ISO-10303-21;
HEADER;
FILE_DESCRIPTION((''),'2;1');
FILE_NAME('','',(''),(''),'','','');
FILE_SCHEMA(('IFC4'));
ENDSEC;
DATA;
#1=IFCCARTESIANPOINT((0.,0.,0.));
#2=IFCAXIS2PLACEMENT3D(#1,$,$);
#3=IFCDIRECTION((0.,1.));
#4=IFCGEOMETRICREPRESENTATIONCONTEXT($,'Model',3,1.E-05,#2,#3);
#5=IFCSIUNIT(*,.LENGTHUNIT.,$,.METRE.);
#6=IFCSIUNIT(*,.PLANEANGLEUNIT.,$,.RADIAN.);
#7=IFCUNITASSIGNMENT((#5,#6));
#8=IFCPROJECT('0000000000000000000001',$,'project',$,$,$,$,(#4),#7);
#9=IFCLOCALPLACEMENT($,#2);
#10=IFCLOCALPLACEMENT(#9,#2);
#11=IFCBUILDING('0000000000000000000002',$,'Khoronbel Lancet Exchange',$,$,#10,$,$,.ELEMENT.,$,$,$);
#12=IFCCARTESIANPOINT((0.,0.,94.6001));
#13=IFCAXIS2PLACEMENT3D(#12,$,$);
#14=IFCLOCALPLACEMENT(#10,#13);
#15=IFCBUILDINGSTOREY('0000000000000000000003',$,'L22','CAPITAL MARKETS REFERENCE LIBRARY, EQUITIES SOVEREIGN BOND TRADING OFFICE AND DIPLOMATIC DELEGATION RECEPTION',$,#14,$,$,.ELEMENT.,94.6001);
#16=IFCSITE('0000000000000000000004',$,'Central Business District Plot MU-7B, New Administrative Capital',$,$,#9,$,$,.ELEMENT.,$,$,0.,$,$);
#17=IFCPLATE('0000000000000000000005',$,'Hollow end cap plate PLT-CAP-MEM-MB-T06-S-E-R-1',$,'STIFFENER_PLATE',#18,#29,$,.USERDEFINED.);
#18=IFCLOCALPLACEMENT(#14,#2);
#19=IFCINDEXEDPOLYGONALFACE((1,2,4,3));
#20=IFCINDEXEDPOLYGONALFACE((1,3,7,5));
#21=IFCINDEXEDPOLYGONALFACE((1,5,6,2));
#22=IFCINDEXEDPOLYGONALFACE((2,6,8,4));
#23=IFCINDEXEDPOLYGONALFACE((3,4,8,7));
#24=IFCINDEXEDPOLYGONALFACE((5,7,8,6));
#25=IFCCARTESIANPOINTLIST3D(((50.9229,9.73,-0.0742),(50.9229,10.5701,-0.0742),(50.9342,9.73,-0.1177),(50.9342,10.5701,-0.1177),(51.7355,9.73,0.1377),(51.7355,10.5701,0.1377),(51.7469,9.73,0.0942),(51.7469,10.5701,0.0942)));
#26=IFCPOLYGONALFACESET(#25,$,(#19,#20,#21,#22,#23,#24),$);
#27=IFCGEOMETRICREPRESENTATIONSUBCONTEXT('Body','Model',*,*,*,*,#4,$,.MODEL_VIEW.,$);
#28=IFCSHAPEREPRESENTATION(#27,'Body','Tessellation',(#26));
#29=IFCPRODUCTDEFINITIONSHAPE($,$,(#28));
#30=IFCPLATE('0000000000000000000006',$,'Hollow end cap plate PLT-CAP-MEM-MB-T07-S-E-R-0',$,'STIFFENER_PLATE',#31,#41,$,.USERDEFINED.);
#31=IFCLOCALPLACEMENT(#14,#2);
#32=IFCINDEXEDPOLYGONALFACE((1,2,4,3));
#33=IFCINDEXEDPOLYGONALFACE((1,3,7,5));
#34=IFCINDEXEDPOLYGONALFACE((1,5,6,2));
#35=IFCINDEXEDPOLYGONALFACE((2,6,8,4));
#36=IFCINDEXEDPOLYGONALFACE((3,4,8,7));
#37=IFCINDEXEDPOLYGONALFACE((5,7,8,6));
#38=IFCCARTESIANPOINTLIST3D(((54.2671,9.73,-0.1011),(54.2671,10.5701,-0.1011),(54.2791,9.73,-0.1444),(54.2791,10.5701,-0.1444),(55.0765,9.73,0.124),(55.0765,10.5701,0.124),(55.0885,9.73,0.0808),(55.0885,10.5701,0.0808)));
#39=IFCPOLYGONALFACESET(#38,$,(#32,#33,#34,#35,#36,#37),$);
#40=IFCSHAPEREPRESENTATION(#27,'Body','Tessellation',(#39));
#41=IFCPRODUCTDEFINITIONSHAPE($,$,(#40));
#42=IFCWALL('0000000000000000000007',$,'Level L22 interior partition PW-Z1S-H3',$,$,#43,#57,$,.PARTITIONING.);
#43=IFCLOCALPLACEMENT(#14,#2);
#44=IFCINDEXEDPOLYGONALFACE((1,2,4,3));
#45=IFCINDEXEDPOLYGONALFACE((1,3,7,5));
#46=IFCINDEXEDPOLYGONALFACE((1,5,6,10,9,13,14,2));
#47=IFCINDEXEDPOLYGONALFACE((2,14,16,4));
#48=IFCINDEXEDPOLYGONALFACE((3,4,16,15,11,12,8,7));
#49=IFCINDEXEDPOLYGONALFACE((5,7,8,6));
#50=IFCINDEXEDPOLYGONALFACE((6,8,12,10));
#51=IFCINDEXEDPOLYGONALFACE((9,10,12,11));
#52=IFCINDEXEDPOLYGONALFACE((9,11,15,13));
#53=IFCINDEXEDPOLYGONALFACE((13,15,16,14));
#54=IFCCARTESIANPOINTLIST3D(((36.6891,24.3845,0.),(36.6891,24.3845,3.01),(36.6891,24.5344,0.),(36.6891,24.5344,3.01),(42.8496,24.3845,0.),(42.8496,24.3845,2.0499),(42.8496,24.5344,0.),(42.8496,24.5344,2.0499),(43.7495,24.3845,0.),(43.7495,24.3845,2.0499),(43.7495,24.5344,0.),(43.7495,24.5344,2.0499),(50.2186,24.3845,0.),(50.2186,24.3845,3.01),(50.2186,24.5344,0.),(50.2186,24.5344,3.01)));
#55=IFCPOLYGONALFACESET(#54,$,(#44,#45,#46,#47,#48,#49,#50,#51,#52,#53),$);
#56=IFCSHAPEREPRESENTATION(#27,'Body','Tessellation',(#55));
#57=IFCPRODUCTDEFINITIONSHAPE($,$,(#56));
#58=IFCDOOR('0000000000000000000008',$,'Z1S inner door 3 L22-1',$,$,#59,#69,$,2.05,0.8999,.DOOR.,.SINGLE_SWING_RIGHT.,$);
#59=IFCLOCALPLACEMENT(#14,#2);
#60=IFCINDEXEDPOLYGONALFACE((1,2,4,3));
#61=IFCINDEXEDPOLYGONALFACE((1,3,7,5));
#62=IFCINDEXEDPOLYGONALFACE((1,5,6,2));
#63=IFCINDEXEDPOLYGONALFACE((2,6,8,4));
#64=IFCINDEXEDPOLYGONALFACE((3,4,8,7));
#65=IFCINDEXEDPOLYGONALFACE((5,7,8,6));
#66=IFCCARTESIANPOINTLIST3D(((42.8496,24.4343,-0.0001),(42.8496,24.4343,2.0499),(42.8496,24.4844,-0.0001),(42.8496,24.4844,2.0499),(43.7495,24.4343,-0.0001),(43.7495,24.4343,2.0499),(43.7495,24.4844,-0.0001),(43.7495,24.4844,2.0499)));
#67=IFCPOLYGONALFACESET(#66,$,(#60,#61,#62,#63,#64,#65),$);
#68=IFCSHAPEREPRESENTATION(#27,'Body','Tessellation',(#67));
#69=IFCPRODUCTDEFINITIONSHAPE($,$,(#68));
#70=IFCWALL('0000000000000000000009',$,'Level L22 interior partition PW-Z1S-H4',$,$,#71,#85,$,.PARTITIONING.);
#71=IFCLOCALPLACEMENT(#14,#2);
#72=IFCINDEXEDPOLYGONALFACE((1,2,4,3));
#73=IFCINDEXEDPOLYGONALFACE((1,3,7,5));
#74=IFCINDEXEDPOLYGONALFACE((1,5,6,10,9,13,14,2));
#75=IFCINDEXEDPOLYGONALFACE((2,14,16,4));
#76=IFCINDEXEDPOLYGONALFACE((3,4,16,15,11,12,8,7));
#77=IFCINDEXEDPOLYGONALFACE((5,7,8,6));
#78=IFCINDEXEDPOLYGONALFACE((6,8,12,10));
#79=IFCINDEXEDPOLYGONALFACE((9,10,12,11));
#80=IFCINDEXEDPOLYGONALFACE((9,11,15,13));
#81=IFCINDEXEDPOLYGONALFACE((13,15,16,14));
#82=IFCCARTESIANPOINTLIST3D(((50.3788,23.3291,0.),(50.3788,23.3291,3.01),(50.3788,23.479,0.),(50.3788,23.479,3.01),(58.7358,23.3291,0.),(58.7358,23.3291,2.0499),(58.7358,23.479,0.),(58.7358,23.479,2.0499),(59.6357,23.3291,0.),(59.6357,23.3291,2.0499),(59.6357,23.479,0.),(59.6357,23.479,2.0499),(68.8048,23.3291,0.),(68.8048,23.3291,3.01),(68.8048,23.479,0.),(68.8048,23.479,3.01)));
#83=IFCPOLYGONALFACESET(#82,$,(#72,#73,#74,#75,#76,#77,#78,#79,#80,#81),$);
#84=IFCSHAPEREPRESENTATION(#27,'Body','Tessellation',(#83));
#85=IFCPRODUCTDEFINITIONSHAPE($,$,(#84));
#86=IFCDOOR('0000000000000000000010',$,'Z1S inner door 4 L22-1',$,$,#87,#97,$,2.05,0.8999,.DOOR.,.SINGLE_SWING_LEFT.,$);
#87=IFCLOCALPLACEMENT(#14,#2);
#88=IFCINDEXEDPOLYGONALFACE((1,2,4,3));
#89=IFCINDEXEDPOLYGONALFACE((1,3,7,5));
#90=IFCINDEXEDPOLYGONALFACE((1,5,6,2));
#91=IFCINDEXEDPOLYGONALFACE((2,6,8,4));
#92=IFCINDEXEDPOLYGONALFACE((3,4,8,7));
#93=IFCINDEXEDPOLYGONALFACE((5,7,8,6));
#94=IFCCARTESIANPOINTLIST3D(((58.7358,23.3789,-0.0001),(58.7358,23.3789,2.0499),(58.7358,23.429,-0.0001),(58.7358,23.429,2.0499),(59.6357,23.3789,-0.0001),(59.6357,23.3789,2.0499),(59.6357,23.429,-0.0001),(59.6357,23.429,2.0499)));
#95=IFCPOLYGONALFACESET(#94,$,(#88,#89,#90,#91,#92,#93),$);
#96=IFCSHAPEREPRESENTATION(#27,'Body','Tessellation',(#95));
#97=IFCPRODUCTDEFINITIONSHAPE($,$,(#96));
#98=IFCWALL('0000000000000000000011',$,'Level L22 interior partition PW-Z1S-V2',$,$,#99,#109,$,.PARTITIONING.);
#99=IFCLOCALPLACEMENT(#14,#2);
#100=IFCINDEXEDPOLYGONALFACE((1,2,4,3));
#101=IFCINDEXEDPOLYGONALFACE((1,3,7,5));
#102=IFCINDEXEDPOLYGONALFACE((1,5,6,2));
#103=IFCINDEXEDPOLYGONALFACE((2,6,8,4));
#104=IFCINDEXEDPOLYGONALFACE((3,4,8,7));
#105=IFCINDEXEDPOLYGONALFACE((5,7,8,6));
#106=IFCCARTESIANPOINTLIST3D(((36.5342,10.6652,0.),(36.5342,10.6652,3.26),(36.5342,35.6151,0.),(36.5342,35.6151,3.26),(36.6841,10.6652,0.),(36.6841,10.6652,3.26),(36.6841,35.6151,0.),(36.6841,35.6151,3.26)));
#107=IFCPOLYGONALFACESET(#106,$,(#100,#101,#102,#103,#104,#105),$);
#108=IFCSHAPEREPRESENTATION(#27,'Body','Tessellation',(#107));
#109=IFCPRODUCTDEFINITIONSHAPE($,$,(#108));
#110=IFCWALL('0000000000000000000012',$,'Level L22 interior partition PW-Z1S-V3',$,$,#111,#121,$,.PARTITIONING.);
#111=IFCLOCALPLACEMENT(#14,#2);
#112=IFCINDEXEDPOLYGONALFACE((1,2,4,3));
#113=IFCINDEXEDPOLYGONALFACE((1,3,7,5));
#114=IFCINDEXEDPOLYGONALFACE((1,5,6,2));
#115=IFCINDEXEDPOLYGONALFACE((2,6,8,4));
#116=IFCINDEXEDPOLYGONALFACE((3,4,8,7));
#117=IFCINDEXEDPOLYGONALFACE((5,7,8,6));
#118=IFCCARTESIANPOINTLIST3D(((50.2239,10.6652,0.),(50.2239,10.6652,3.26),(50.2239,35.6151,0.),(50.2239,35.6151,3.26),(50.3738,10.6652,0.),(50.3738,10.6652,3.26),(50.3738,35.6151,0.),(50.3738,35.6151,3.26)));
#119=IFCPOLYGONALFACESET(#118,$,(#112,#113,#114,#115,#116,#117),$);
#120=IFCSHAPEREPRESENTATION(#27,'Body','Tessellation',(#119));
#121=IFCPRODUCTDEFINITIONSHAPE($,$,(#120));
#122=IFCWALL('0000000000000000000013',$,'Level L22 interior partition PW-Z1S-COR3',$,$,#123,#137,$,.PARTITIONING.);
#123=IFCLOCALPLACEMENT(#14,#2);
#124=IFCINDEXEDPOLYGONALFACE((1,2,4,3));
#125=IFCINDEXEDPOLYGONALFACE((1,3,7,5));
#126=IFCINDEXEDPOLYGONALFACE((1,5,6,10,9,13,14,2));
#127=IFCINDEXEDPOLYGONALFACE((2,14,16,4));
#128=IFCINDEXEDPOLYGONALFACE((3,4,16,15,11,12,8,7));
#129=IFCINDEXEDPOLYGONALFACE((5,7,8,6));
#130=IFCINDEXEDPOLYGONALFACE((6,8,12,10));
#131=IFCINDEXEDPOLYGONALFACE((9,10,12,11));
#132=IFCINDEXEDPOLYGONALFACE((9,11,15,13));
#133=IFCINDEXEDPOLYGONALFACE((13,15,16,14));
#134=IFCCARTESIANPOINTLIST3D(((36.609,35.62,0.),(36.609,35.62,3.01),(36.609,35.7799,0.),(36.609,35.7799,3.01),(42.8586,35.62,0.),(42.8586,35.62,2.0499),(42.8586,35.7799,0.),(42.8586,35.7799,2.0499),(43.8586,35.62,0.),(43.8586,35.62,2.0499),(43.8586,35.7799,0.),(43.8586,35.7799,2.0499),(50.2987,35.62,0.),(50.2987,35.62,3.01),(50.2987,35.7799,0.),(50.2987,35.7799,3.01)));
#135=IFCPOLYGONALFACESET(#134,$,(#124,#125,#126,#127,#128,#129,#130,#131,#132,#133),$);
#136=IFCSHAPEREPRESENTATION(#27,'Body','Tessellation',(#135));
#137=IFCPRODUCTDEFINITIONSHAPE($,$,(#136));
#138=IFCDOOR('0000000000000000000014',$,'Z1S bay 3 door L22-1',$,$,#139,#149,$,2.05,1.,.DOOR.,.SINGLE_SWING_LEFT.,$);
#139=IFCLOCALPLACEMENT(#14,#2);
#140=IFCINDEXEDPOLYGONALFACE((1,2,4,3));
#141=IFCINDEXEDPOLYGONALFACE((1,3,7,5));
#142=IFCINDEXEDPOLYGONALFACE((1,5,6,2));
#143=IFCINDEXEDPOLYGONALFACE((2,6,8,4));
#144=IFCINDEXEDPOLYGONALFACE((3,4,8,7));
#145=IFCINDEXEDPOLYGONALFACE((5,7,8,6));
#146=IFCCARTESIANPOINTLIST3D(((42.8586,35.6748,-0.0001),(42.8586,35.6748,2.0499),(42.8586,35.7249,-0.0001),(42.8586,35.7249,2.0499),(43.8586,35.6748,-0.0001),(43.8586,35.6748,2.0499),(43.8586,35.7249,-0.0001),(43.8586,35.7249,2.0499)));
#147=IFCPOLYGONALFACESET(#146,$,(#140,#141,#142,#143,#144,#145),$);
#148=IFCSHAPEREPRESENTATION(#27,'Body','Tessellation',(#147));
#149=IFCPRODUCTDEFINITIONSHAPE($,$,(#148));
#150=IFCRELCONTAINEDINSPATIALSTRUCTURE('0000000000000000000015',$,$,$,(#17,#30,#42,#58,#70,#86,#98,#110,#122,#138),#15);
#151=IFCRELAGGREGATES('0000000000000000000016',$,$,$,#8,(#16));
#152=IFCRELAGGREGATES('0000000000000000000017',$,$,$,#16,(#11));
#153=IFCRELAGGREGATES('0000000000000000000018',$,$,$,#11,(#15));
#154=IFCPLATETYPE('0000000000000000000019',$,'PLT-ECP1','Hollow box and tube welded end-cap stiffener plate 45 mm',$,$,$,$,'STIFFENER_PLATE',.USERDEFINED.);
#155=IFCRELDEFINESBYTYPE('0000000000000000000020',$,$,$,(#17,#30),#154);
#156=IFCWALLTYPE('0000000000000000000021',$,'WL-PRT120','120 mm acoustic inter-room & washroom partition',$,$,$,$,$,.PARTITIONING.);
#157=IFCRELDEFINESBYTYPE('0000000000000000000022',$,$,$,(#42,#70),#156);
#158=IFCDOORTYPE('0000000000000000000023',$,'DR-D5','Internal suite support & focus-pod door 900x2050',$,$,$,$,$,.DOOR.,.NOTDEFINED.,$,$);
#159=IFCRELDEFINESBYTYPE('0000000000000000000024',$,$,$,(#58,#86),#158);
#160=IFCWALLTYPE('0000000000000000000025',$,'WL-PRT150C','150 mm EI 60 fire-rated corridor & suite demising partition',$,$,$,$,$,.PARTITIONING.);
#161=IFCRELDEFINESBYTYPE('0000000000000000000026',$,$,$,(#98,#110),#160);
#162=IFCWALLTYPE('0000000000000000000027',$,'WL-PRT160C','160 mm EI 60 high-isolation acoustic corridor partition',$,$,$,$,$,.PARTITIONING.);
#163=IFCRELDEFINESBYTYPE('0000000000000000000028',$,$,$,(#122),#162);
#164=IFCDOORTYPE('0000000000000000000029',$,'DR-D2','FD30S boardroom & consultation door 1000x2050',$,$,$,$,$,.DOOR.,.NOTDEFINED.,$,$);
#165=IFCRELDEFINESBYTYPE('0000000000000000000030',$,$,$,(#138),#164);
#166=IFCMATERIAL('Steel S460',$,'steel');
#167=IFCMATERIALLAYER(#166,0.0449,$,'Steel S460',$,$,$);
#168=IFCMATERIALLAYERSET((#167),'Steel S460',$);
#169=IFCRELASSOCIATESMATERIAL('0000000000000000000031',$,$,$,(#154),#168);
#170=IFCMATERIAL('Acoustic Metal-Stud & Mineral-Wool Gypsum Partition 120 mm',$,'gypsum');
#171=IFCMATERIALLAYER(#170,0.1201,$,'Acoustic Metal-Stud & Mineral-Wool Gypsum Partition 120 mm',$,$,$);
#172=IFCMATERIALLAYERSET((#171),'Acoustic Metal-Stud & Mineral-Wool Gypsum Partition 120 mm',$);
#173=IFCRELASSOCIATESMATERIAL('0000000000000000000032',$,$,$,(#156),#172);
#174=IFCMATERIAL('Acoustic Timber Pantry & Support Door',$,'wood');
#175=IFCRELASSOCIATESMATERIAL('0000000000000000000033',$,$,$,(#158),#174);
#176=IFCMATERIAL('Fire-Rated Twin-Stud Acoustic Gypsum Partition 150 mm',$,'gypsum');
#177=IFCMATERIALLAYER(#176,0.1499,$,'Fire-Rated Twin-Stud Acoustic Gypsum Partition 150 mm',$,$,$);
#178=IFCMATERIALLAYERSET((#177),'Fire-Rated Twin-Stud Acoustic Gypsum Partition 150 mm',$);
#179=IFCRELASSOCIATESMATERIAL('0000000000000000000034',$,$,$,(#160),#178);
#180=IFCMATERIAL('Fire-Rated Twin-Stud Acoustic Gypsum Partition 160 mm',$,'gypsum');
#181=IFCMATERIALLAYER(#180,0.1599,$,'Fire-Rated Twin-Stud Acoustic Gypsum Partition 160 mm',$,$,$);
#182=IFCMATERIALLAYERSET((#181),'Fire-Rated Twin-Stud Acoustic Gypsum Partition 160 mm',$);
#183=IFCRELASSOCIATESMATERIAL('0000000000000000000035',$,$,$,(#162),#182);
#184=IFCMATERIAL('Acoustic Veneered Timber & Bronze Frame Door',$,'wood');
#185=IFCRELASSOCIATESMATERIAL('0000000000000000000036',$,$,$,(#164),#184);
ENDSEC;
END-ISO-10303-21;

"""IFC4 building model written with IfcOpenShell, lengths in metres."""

from ifc_helpers import new_model, si_unit, direction, frame, frame_2d, origin, place, context, subcontext, project, spatial, polyline, rectangle, outline, extrude, material, layer, layer_set, type_object, element, fill, save


model = new_model("IFC4")

# Units and contexts
model_context = context("Model", 3, precision=1e-05, world=origin(), true_north=direction((0.0, 1.0)))
body_context = subcontext(model_context, "Body", "Model", "MODEL_VIEW")
ifc_project = project(units=[si_unit("LENGTHUNIT", "METRE"), si_unit("PLANEANGLEUNIT", "RADIAN")], contexts=[model_context])

# Site, building, storey
site_placement = place(None, origin())
site = spatial("IfcSite", under=ifc_project, at=site_placement, Name="Central Business District Plot MU-7B, New Administrative Capital", CompositionType="ELEMENT", RefElevation=0.0)
building_placement = place(site_placement, origin())
building = spatial("IfcBuilding", under=site, at=building_placement, Name="Khoronbel Lancet Exchange", CompositionType="ELEMENT")
storey_placement = place(building_placement, frame((0.0, 0.0, 94.6001)))
storey = spatial("IfcBuildingStorey", under=building, at=storey_placement, Name="L22", Description="CAPITAL MARKETS REFERENCE LIBRARY, EQUITIES SOVEREIGN BOND TRADING OFFICE AND DIPLOMATIC DELEGATION RECEPTION", CompositionType="ELEMENT", Elevation=94.6001)

# Shared definitions
ifc_material_1 = material(Name="Steel S460", Category="steel")

# Plates
ifc_layer_1 = layer(ifc_material_1, 0.0449, Name="Steel S460")
ifc_layer_set_1 = layer_set([ifc_layer_1], Name="Steel S460")
plate_type = type_object("IfcPlateType", Name="PLT-ECP1", Description="Hollow box and tube welded end-cap stiffener plate 45 mm", ElementType="STIFFENER_PLATE", PredefinedType="USERDEFINED", material=ifc_layer_set_1)
plate_1_placement = place(storey_placement, frame((50.9229, 10.5701, -0.0742), z_axis=(-0.252304, 0.0, 0.967648), x_axis=(0.0, -1.0, 0.0)))
element("IfcPlate", 1, at=plate_1_placement, inside=storey, type_object=plate_type, Name="Hollow end cap plate PLT-CAP-MEM-MB-T06-S-E-R-1", ObjectType="STIFFENER_PLATE", PredefinedType="USERDEFINED", context=body_context, shape_type="SweptSolid", body=[
    extrude(outline(polyline([(0.0, 0.0), (0.8401, 0.0), (0.8401, 0.8398), (0.0, 0.8398), (0.0, 0.0)])), origin(), (0.0, 0.0, -1.0), 0.0449),
])
plate_2_placement = place(storey_placement, frame((54.2671, 10.5701, -0.1011), z_axis=(-0.267959, 0.0, 0.96343), x_axis=(0.0, -1.0, 0.0)))
element("IfcPlate", 2, at=plate_2_placement, inside=storey, type_object=plate_type, Name="Hollow end cap plate PLT-CAP-MEM-MB-T07-S-E-R-0", ObjectType="STIFFENER_PLATE", PredefinedType="USERDEFINED", context=body_context, shape_type="SweptSolid", body=[
    extrude(outline(polyline([(0.0, 0.0), (0.8401, 0.0), (0.8401, 0.8401), (0.0, 0.8401), (0.0, 0.0)])), origin(), (0.0, 0.0, -1.0), 0.0449),
])

# Walls, openings, doors
ifc_material_2 = material(Name="Acoustic Metal-Stud & Mineral-Wool Gypsum Partition 120 mm", Category="gypsum")
ifc_layer_2 = layer(ifc_material_2, 0.1201, Name="Acoustic Metal-Stud & Mineral-Wool Gypsum Partition 120 mm")
ifc_layer_set_2 = layer_set([ifc_layer_2], Name="Acoustic Metal-Stud & Mineral-Wool Gypsum Partition 120 mm")
wall_type_1 = type_object("IfcWallType", Name="WL-PRT120", Description="120 mm acoustic inter-room & washroom partition", PredefinedType="PARTITIONING", material=ifc_layer_set_2)
wall_1_placement = place(storey_placement, frame((36.6892, 24.4595, 0.0), z_axis=(0.0, 0.0, 1.0), x_axis=(1.0, 0.0, 0.0)))
wall_1 = element("IfcWall", 3, at=wall_1_placement, inside=storey, type_object=wall_type_1, Name="Level L22 interior partition PW-Z1S-H3", PredefinedType="PARTITIONING", context=body_context, shape_type="SweptSolid", body=[
    extrude(rectangle(XDim=13.5295, YDim=0.1499, at=frame_2d((6.7646, 0.0))), origin(), (0.0, 0.0, 1.0), 3.01),
])
opening_1_placement = place(wall_1_placement, frame((6.1604, 0.0, 0.0)))
opening_1 = element("IfcOpeningElement", 4, at=opening_1_placement, cuts=wall_1, PredefinedType="OPENING", context=body_context, shape_type="SweptSolid", body=[
    extrude(rectangle(XDim=0.8999, YDim=2.05, at=frame_2d((0.45, 1.0249))), frame((0.0, 0.085, 0.0), z_axis=(0.0, -1.0, 0.0), x_axis=(1.0, 0.0, 0.0)), (0.0, 0.0, 1.0), 0.1699),
])
ifc_material_3 = material(Name="Acoustic Timber Pantry & Support Door", Category="wood")
door_type_1 = type_object("IfcDoorType", Name="DR-D5", Description="Internal suite support & focus-pod door 900x2050", OperationType="NOTDEFINED", PredefinedType="DOOR", material=ifc_material_3)
door_1_placement = place(opening_1_placement, origin())
door_1 = element("IfcDoor", 5, at=door_1_placement, inside=storey, type_object=door_type_1, Name="Z1S inner door 3 L22-1", OperationType="SINGLE_SWING_RIGHT", OverallHeight=2.05, OverallWidth=0.8999, PredefinedType="DOOR", context=body_context, shape_type="SweptSolid", body=[
    extrude(rectangle(XDim=0.8999, YDim=2.05, at=frame_2d((0.45, 1.0249))), frame((0.0, 0.0249, 0.0), z_axis=(0.0, -1.0, 0.0), x_axis=(1.0, 0.0, 0.0)), (0.0, 0.0, 1.0), 0.05),
])
fill(opening_1, door_1)
wall_2_placement = place(storey_placement, frame((50.3789, 23.4041, 0.0), z_axis=(0.0, 0.0, 1.0), x_axis=(1.0, 0.0, 0.0)))
wall_2 = element("IfcWall", 6, at=wall_2_placement, inside=storey, type_object=wall_type_1, Name="Level L22 interior partition PW-Z1S-H4", PredefinedType="PARTITIONING", context=body_context, shape_type="SweptSolid", body=[
    extrude(rectangle(XDim=18.426, YDim=0.1499, at=frame_2d((9.2129, 0.0))), origin(), (0.0, 0.0, 1.0), 3.01),
])
opening_2_placement = place(wall_2_placement, frame((8.3569, 0.0, 0.0)))
opening_2 = element("IfcOpeningElement", 7, at=opening_2_placement, cuts=wall_2, PredefinedType="OPENING", context=body_context, shape_type="SweptSolid", body=[
    extrude(rectangle(XDim=0.8999, YDim=2.05, at=frame_2d((0.45, 1.0249))), frame((0.0, 0.085, 0.0), z_axis=(0.0, -1.0, 0.0), x_axis=(1.0, 0.0, 0.0)), (0.0, 0.0, 1.0), 0.1699),
])
door_2_placement = place(opening_2_placement, origin())
door_2 = element("IfcDoor", 8, at=door_2_placement, inside=storey, type_object=door_type_1, Name="Z1S inner door 4 L22-1", OperationType="SINGLE_SWING_LEFT", OverallHeight=2.05, OverallWidth=0.8999, PredefinedType="DOOR", context=body_context, shape_type="SweptSolid", body=[
    extrude(rectangle(XDim=0.8999, YDim=2.05, at=frame_2d((0.45, 1.0249))), frame((0.0, 0.0249, 0.0), z_axis=(0.0, -1.0, 0.0), x_axis=(1.0, 0.0, 0.0)), (0.0, 0.0, 1.0), 0.05),
])
fill(opening_2, door_2)

# Walls
ifc_material_4 = material(Name="Fire-Rated Twin-Stud Acoustic Gypsum Partition 150 mm", Category="gypsum")
ifc_layer_3 = layer(ifc_material_4, 0.1499, Name="Fire-Rated Twin-Stud Acoustic Gypsum Partition 150 mm")
ifc_layer_set_3 = layer_set([ifc_layer_3], Name="Fire-Rated Twin-Stud Acoustic Gypsum Partition 150 mm")
wall_type_2 = type_object("IfcWallType", Name="WL-PRT150C", Description="150 mm EI 60 fire-rated corridor & suite demising partition", PredefinedType="PARTITIONING", material=ifc_layer_set_3)
for number, where, z_axis, x_axis, name in (
    (9, (36.6091, 10.665, 0.0), (0.0, 0.0, 1.0), (0.0, 1.0, 0.0), "Level L22 interior partition PW-Z1S-V2"),
    (10, (50.2988, 10.665, 0.0), (0.0, 0.0, 1.0), (0.0, 1.0, 0.0), "Level L22 interior partition PW-Z1S-V3"),
):
    element("IfcWall", number, at=place(storey_placement, frame(where, z_axis=z_axis, x_axis=x_axis)), inside=storey, type_object=wall_type_2, Name=name, PredefinedType="PARTITIONING", context=body_context, shape_type="SweptSolid", body=[
        extrude(rectangle(XDim=24.95, YDim=0.1499, at=frame_2d((12.4751, 0.0))), origin(), (0.0, 0.0, 1.0), 3.26),
    ])

# Wall, opening, door
ifc_material_5 = material(Name="Fire-Rated Twin-Stud Acoustic Gypsum Partition 160 mm", Category="gypsum")
ifc_layer_4 = layer(ifc_material_5, 0.1599, Name="Fire-Rated Twin-Stud Acoustic Gypsum Partition 160 mm")
ifc_layer_set_4 = layer_set([ifc_layer_4], Name="Fire-Rated Twin-Stud Acoustic Gypsum Partition 160 mm")
wall_type_3 = type_object("IfcWallType", Name="WL-PRT160C", Description="160 mm EI 60 high-isolation acoustic corridor partition", PredefinedType="PARTITIONING", material=ifc_layer_set_4)
wall_3_placement = place(storey_placement, frame((36.6091, 35.7, 0.0), z_axis=(0.0, 0.0, 1.0), x_axis=(1.0, 0.0, 0.0)))
wall_3 = element("IfcWall", 11, at=wall_3_placement, inside=storey, type_object=wall_type_3, Name="Level L22 interior partition PW-Z1S-COR3", PredefinedType="PARTITIONING", context=body_context, shape_type="SweptSolid", body=[
    extrude(rectangle(XDim=13.6897, YDim=0.1599, at=frame_2d((6.8447, 0.0))), origin(), (0.0, 0.0, 1.0), 3.01),
])
opening_3_placement = place(wall_3_placement, frame((6.2495, 0.0, 0.0)))
opening_3 = element("IfcOpeningElement", 12, at=opening_3_placement, cuts=wall_3, PredefinedType="OPENING", context=body_context, shape_type="SweptSolid", body=[
    extrude(rectangle(XDim=1.0, YDim=2.05, at=frame_2d((0.5, 1.0249))), frame((0.0, 0.0898, 0.0), z_axis=(0.0, -1.0, 0.0), x_axis=(1.0, 0.0, 0.0)), (0.0, 0.0, 1.0), 0.1799),
])
ifc_material_6 = material(Name="Acoustic Veneered Timber & Bronze Frame Door", Category="wood")
door_type_2 = type_object("IfcDoorType", Name="DR-D2", Description="FD30S boardroom & consultation door 1000x2050", OperationType="NOTDEFINED", PredefinedType="DOOR", material=ifc_material_6)
door_3_placement = place(opening_3_placement, origin())
door_3 = element("IfcDoor", 13, at=door_3_placement, inside=storey, type_object=door_type_2, Name="Z1S bay 3 door L22-1", OperationType="SINGLE_SWING_LEFT", OverallHeight=2.05, OverallWidth=1.0, PredefinedType="DOOR", context=body_context, shape_type="SweptSolid", body=[
    extrude(rectangle(XDim=1.0, YDim=2.05, at=frame_2d((0.5, 1.0249))), frame((0.0, 0.0249, 0.0), z_axis=(0.0, -1.0, 0.0), x_axis=(1.0, 0.0, 0.0)), (0.0, 0.0, 1.0), 0.05),
])
fill(opening_3, door_3)

save(model, "model.ifc")
